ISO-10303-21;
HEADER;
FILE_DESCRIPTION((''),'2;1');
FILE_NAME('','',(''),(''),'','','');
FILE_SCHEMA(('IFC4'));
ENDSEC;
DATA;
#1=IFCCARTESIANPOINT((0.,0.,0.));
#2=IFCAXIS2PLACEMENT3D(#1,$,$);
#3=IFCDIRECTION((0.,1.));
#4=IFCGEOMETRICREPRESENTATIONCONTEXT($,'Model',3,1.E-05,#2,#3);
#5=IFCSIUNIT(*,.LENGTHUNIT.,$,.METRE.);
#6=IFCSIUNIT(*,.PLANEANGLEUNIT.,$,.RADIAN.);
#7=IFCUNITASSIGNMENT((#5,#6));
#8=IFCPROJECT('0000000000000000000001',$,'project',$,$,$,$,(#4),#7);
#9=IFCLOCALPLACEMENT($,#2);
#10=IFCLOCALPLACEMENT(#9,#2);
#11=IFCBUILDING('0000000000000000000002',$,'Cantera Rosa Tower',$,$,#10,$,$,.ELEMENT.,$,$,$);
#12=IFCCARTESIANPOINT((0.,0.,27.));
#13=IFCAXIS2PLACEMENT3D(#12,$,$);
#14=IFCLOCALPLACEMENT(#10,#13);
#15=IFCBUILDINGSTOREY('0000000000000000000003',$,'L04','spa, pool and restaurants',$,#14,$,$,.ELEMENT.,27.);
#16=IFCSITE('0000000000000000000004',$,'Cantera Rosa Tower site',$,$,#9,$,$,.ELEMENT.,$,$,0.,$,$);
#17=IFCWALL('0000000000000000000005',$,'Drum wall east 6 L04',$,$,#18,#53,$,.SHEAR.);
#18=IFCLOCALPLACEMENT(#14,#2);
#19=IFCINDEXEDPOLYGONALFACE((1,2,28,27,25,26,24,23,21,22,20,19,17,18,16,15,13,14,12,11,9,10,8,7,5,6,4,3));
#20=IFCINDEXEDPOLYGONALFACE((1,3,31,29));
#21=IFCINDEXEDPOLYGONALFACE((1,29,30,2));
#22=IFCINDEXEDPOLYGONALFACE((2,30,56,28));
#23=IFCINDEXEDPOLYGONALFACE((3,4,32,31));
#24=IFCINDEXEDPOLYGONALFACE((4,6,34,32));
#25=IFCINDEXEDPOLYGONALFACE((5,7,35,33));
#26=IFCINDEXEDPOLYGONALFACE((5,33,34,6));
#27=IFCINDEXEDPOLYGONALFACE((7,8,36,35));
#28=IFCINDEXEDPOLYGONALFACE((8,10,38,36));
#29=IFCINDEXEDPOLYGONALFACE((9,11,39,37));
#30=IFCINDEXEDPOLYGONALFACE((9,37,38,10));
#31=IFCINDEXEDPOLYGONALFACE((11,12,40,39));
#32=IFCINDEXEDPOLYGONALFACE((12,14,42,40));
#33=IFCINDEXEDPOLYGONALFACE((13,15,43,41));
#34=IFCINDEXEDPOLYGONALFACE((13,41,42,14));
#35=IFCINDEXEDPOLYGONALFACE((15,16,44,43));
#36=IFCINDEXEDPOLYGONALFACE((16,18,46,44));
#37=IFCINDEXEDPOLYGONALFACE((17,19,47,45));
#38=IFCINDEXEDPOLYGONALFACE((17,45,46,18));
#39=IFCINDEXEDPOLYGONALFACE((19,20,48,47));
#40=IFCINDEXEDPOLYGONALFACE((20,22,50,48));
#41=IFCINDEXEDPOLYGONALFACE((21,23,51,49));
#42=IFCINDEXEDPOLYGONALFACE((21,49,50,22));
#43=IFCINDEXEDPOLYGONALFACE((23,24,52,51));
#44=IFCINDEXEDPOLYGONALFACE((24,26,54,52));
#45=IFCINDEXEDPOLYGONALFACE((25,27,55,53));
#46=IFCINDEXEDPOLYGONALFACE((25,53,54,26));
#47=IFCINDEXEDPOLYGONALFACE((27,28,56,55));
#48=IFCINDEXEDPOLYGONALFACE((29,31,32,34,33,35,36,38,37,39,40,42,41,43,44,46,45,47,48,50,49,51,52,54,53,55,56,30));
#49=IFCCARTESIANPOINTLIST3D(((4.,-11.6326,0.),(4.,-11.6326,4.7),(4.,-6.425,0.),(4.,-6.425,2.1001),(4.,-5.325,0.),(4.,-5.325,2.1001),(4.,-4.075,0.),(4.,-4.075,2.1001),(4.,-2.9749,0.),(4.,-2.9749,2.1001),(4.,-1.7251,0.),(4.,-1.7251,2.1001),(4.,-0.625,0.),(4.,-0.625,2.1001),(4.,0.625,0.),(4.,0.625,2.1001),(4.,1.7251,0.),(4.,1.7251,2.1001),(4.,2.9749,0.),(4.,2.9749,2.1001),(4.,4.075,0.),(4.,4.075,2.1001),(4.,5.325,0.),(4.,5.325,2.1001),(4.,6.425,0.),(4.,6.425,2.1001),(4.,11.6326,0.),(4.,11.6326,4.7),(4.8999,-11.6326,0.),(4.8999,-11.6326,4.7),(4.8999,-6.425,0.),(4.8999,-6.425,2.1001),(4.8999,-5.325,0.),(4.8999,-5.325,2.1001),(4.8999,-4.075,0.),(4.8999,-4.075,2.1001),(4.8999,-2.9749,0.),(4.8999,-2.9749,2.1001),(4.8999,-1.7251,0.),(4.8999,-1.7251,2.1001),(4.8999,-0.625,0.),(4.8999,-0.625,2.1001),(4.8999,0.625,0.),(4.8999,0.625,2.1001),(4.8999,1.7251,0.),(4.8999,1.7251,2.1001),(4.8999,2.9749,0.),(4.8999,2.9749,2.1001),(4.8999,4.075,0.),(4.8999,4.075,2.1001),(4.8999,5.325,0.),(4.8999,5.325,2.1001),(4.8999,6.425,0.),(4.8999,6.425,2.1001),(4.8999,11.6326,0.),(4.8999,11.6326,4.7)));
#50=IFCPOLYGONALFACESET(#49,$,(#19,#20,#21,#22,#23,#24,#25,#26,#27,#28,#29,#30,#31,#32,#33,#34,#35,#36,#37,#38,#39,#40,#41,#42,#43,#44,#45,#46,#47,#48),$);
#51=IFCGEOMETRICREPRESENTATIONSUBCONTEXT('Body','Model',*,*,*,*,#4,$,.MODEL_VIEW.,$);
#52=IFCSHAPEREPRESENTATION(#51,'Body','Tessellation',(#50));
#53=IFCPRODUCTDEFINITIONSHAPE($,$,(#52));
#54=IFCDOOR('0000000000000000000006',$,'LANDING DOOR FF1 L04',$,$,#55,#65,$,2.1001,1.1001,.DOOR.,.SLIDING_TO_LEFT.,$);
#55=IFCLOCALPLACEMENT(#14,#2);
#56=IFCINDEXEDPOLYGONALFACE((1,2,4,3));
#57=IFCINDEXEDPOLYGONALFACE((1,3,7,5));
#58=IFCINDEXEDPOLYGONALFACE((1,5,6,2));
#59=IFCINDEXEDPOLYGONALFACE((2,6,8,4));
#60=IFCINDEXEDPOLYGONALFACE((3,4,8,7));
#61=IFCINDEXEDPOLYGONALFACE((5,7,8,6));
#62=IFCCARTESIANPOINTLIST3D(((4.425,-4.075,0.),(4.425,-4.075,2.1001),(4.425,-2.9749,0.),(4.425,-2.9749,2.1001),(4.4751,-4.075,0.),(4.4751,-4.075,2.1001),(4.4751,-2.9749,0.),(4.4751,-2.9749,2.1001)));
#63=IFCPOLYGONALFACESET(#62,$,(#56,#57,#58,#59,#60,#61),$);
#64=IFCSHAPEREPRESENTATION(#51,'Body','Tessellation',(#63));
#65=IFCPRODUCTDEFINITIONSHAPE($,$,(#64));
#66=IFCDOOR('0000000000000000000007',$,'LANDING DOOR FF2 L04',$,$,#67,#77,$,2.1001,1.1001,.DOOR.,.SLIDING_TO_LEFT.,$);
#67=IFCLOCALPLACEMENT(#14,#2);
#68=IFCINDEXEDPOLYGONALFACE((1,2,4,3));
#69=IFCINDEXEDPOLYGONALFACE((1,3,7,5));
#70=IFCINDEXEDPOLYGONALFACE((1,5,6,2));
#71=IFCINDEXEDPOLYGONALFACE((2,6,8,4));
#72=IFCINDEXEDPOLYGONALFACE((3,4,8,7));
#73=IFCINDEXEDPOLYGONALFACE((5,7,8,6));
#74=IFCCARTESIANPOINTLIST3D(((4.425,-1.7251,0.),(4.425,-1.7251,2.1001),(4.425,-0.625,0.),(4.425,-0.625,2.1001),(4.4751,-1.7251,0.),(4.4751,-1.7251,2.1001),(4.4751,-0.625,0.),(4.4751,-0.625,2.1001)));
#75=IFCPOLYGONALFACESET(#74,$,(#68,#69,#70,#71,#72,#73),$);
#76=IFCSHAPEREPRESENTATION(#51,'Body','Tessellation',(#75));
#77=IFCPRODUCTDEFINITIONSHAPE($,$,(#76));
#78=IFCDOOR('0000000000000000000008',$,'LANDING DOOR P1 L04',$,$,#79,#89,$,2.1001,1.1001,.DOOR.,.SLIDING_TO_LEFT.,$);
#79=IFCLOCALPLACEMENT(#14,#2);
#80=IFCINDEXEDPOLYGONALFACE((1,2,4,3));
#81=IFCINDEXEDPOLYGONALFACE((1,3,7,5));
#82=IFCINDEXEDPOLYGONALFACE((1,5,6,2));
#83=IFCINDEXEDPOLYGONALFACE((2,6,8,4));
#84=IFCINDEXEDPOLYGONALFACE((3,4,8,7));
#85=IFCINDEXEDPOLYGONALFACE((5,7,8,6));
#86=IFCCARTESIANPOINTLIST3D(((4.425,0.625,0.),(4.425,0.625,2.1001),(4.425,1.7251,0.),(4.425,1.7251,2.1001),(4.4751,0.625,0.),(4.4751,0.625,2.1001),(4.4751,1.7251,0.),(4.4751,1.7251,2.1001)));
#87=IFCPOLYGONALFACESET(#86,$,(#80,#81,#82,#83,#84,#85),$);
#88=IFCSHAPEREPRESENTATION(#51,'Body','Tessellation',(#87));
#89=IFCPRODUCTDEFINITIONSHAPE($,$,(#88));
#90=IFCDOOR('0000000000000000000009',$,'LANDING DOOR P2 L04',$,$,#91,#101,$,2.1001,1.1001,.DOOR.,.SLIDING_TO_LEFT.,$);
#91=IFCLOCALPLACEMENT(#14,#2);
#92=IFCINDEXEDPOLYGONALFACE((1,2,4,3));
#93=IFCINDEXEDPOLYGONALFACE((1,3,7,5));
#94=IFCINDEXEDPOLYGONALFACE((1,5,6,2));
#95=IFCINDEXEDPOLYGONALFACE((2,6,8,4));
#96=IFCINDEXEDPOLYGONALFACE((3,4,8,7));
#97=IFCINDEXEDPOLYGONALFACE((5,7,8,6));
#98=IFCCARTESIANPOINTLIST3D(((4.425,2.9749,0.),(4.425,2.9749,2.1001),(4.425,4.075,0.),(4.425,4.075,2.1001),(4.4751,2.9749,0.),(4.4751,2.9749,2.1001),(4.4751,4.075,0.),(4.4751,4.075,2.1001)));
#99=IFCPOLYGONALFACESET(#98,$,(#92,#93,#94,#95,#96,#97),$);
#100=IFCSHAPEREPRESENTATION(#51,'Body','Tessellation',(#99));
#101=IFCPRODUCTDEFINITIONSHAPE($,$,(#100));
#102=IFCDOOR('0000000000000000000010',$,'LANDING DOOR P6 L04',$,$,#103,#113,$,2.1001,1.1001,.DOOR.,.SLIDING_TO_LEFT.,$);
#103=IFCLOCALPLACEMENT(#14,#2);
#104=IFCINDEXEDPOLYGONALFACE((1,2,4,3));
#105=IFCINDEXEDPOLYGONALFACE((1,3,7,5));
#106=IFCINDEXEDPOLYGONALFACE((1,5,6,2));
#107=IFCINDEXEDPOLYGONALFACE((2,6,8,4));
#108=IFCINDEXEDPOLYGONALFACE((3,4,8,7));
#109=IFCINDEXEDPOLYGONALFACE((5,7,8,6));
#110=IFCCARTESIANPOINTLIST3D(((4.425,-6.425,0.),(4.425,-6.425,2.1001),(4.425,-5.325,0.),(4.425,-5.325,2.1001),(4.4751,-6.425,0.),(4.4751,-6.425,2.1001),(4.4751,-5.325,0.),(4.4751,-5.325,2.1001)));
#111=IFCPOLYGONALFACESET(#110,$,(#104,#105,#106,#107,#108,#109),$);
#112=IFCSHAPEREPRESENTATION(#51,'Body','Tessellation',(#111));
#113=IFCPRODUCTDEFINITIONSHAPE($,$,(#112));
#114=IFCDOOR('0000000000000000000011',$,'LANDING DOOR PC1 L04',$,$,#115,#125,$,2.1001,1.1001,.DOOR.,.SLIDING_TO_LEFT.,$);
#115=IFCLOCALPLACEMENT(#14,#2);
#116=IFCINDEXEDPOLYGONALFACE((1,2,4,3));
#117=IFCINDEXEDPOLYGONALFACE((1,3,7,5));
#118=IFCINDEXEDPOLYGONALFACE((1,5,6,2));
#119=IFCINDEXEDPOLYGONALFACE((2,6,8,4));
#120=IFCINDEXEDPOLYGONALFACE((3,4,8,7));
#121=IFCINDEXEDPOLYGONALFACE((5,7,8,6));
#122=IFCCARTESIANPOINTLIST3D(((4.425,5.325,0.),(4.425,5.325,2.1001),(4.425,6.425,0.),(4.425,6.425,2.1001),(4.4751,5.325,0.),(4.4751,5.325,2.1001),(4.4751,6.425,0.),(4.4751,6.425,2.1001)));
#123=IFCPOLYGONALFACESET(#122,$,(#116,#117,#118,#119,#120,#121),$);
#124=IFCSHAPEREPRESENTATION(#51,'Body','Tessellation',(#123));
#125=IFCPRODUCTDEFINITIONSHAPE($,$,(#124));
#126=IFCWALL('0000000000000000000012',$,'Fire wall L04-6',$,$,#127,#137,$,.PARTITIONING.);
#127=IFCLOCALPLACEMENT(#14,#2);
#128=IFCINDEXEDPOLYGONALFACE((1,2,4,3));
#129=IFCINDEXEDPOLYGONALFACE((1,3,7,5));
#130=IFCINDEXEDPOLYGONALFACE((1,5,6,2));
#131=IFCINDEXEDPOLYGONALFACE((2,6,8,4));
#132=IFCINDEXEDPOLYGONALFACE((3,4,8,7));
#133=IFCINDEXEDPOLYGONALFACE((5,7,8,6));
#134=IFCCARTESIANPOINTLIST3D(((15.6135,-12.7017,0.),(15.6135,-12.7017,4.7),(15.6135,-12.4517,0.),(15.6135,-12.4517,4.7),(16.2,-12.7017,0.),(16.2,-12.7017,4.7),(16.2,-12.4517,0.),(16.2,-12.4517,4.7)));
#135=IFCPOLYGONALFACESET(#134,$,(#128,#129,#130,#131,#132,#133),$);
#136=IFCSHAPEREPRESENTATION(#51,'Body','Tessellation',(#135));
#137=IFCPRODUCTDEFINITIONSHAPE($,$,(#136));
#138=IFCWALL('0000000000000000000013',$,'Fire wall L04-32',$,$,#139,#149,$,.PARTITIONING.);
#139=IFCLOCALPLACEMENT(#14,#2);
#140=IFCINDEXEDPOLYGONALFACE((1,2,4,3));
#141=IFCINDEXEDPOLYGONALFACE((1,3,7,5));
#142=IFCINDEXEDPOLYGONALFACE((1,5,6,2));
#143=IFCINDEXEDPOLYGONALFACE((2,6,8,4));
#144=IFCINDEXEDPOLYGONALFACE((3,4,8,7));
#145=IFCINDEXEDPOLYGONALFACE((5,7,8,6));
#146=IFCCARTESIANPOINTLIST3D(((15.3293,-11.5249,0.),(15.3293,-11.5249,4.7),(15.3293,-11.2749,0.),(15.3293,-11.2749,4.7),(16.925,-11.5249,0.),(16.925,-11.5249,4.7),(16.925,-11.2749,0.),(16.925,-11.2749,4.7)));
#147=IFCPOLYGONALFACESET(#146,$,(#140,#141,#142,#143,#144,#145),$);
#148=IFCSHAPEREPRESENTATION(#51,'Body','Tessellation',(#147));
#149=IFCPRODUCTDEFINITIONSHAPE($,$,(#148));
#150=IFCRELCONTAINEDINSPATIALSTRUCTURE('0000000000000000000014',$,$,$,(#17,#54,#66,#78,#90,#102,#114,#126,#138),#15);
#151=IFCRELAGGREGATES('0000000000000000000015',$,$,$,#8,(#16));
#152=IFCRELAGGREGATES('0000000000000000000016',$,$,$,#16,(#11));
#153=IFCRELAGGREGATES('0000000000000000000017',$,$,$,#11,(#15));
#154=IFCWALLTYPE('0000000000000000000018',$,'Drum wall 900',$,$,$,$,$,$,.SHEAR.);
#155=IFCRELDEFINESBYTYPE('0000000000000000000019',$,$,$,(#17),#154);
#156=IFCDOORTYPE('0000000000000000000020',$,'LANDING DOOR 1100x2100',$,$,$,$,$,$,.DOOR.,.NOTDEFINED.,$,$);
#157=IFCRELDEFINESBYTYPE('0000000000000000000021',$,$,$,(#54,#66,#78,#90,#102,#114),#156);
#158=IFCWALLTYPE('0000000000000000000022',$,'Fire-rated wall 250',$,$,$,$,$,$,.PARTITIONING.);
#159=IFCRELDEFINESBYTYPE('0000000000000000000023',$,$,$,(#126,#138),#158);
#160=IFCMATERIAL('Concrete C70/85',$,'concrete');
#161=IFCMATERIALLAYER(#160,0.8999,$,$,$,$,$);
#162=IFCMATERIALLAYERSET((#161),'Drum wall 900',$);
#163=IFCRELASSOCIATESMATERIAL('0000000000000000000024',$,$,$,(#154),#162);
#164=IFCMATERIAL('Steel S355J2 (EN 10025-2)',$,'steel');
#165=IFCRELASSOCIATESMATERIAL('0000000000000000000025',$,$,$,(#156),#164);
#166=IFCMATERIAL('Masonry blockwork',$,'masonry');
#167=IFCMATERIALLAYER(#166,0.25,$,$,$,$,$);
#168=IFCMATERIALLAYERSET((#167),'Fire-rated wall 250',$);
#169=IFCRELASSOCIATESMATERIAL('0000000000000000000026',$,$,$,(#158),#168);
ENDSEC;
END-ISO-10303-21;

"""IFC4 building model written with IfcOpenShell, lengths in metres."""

from ifc_helpers import new_model, si_unit, direction, frame, frame_2d, origin, place, context, subcontext, project, spatial, rectangle, extrude, material, layer, layer_set, type_object, element, fill, save


model = new_model("IFC4")

# Units and contexts
model_context = context("Model", 3, precision=1e-05, world=origin(), true_north=direction((0.0, 1.0)))
body_context = subcontext(model_context, "Body", "Model", "MODEL_VIEW")
ifc_project = project(units=[si_unit("LENGTHUNIT", "METRE"), si_unit("PLANEANGLEUNIT", "RADIAN")], contexts=[model_context])

# Site, building, storey
site_placement = place(None, origin())
site = spatial("IfcSite", under=ifc_project, at=site_placement, Name="Cantera Rosa Tower site", CompositionType="ELEMENT", RefElevation=0.0)
building_placement = place(site_placement, origin())
building = spatial("IfcBuilding", under=site, at=building_placement, Name="Cantera Rosa Tower", CompositionType="ELEMENT")
storey_placement = place(building_placement, frame((0.0, 0.0, 27.0)))
storey = spatial("IfcBuildingStorey", under=building, at=storey_placement, Name="L04", Description="spa, pool and restaurants", CompositionType="ELEMENT", Elevation=27.0)

# Wall, openings, doors
ifc_material_1 = material(Name="Concrete C70/85", Category="concrete")
ifc_layer_1 = layer(ifc_material_1, 0.8999)
ifc_layer_set_1 = layer_set([ifc_layer_1], Name="Drum wall 900")
wall_type_1 = type_object("IfcWallType", Name="Drum wall 900", PredefinedType="SHEAR", material=ifc_layer_set_1)
wall_1_placement = place(storey_placement, frame((4.45, -11.6326, 0.0), z_axis=(0.0, 0.0, 1.0), x_axis=(0.0, 1.0, 0.0)))
wall_1 = element("IfcWall", 1, at=wall_1_placement, inside=storey, type_object=wall_type_1, Name="Drum wall east 6 L04", PredefinedType="SHEAR", context=body_context, shape_type="SweptSolid", body=[
    extrude(rectangle(XDim=23.2651, YDim=0.8999, at=frame_2d((11.6326, 0.0))), origin(), (0.0, 0.0, 1.0), 4.7),
])
opening_1_placement = place(wall_1_placement, frame((7.5576, 0.0, 0.0)))
opening_1 = element("IfcOpeningElement", 2, at=opening_1_placement, cuts=wall_1, PredefinedType="OPENING", context=body_context, shape_type="SweptSolid", body=[
    extrude(rectangle(XDim=1.1001, YDim=2.1001, at=frame_2d((0.55, 1.05))), frame((0.0, 0.46, 0.0), z_axis=(0.0, -1.0, 0.0), x_axis=(1.0, 0.0, 0.0)), (0.0, 0.0, 1.0), 0.9199),
])
opening_2_placement = place(wall_1_placement, frame((9.9075, 0.0, 0.0)))
opening_2 = element("IfcOpeningElement", 3, at=opening_2_placement, cuts=wall_1, PredefinedType="OPENING", context=body_context, shape_type="SweptSolid", body=[
    extrude(rectangle(XDim=1.1001, YDim=2.1001, at=frame_2d((0.55, 1.05))), frame((0.0, 0.46, 0.0), z_axis=(0.0, -1.0, 0.0), x_axis=(1.0, 0.0, 0.0)), (0.0, 0.0, 1.0), 0.9199),
])
opening_3_placement = place(wall_1_placement, frame((12.2576, 0.0, 0.0)))
opening_3 = element("IfcOpeningElement", 4, at=opening_3_placement, cuts=wall_1, PredefinedType="OPENING", context=body_context, shape_type="SweptSolid", body=[
    extrude(rectangle(XDim=1.1001, YDim=2.1001, at=frame_2d((0.55, 1.05))), frame((0.0, 0.46, 0.0), z_axis=(0.0, -1.0, 0.0), x_axis=(1.0, 0.0, 0.0)), (0.0, 0.0, 1.0), 0.9199),
])
opening_4_placement = place(wall_1_placement, frame((14.6074, 0.0, 0.0)))
opening_4 = element("IfcOpeningElement", 5, at=opening_4_placement, cuts=wall_1, PredefinedType="OPENING", context=body_context, shape_type="SweptSolid", body=[
    extrude(rectangle(XDim=1.1001, YDim=2.1001, at=frame_2d((0.55, 1.05))), frame((0.0, 0.46, 0.0), z_axis=(0.0, -1.0, 0.0), x_axis=(1.0, 0.0, 0.0)), (0.0, 0.0, 1.0), 0.9199),
])
opening_5_placement = place(wall_1_placement, frame((5.2075, 0.0, 0.0)))
opening_5 = element("IfcOpeningElement", 6, at=opening_5_placement, cuts=wall_1, PredefinedType="OPENING", context=body_context, shape_type="SweptSolid", body=[
    extrude(rectangle(XDim=1.1001, YDim=2.1001, at=frame_2d((0.55, 1.05))), frame((0.0, 0.46, 0.0), z_axis=(0.0, -1.0, 0.0), x_axis=(1.0, 0.0, 0.0)), (0.0, 0.0, 1.0), 0.9199),
])
opening_6_placement = place(wall_1_placement, frame((16.9575, 0.0, 0.0)))
opening_6 = element("IfcOpeningElement", 7, at=opening_6_placement, cuts=wall_1, PredefinedType="OPENING", context=body_context, shape_type="SweptSolid", body=[
    extrude(rectangle(XDim=1.1001, YDim=2.1001, at=frame_2d((0.55, 1.05))), frame((0.0, 0.46, 0.0), z_axis=(0.0, -1.0, 0.0), x_axis=(1.0, 0.0, 0.0)), (0.0, 0.0, 1.0), 0.9199),
])
ifc_material_2 = material(Name="Steel S355J2 (EN 10025-2)", Category="steel")
door_type_1 = type_object("IfcDoorType", Name="LANDING DOOR 1100x2100", OperationType="NOTDEFINED", PredefinedType="DOOR", material=ifc_material_2)
door_1_placement = place(opening_1_placement, origin())
door_1 = element("IfcDoor", 8, at=door_1_placement, inside=storey, type_object=door_type_1, Name="LANDING DOOR FF1 L04", OperationType="SLIDING_TO_LEFT", OverallHeight=2.1001, OverallWidth=1.1001, PredefinedType="DOOR", context=body_context, shape_type="SweptSolid", body=[
    extrude(rectangle(XDim=1.1001, YDim=2.1001, at=frame_2d((0.55, 1.05))), frame((0.0, 0.0249, 0.0), z_axis=(0.0, -1.0, 0.0), x_axis=(1.0, 0.0, 0.0)), (0.0, 0.0, 1.0), 0.05),
])
fill(opening_1, door_1)
door_2_placement = place(opening_2_placement, origin())
door_2 = element("IfcDoor", 9, at=door_2_placement, inside=storey, type_object=door_type_1, Name="LANDING DOOR FF2 L04", OperationType="SLIDING_TO_LEFT", OverallHeight=2.1001, OverallWidth=1.1001, PredefinedType="DOOR", context=body_context, shape_type="SweptSolid", body=[
    extrude(rectangle(XDim=1.1001, YDim=2.1001, at=frame_2d((0.55, 1.05))), frame((0.0, 0.0249, 0.0), z_axis=(0.0, -1.0, 0.0), x_axis=(1.0, 0.0, 0.0)), (0.0, 0.0, 1.0), 0.05),
])
fill(opening_2, door_2)
door_3_placement = place(opening_3_placement, origin())
door_3 = element("IfcDoor", 10, at=door_3_placement, inside=storey, type_object=door_type_1, Name="LANDING DOOR P1 L04", OperationType="SLIDING_TO_LEFT", OverallHeight=2.1001, OverallWidth=1.1001, PredefinedType="DOOR", context=body_context, shape_type="SweptSolid", body=[
    extrude(rectangle(XDim=1.1001, YDim=2.1001, at=frame_2d((0.55, 1.05))), frame((0.0, 0.0249, 0.0), z_axis=(0.0, -1.0, 0.0), x_axis=(1.0, 0.0, 0.0)), (0.0, 0.0, 1.0), 0.05),
])
fill(opening_3, door_3)
door_4_placement = place(opening_4_placement, origin())
door_4 = element("IfcDoor", 11, at=door_4_placement, inside=storey, type_object=door_type_1, Name="LANDING DOOR P2 L04", OperationType="SLIDING_TO_LEFT", OverallHeight=2.1001, OverallWidth=1.1001, PredefinedType="DOOR", context=body_context, shape_type="SweptSolid", body=[
    extrude(rectangle(XDim=1.1001, YDim=2.1001, at=frame_2d((0.55, 1.05))), frame((0.0, 0.0249, 0.0), z_axis=(0.0, -1.0, 0.0), x_axis=(1.0, 0.0, 0.0)), (0.0, 0.0, 1.0), 0.05),
])
fill(opening_4, door_4)
door_5_placement = place(opening_5_placement, origin())
door_5 = element("IfcDoor", 12, at=door_5_placement, inside=storey, type_object=door_type_1, Name="LANDING DOOR P6 L04", OperationType="SLIDING_TO_LEFT", OverallHeight=2.1001, OverallWidth=1.1001, PredefinedType="DOOR", context=body_context, shape_type="SweptSolid", body=[
    extrude(rectangle(XDim=1.1001, YDim=2.1001, at=frame_2d((0.55, 1.05))), frame((0.0, 0.0249, 0.0), z_axis=(0.0, -1.0, 0.0), x_axis=(1.0, 0.0, 0.0)), (0.0, 0.0, 1.0), 0.05),
])
fill(opening_5, door_5)
door_6_placement = place(opening_6_placement, origin())
door_6 = element("IfcDoor", 13, at=door_6_placement, inside=storey, type_object=door_type_1, Name="LANDING DOOR PC1 L04", OperationType="SLIDING_TO_LEFT", OverallHeight=2.1001, OverallWidth=1.1001, PredefinedType="DOOR", context=body_context, shape_type="SweptSolid", body=[
    extrude(rectangle(XDim=1.1001, YDim=2.1001, at=frame_2d((0.55, 1.05))), frame((0.0, 0.0249, 0.0), z_axis=(0.0, -1.0, 0.0), x_axis=(1.0, 0.0, 0.0)), (0.0, 0.0, 1.0), 0.05),
])
fill(opening_6, door_6)

# Walls
ifc_material_3 = material(Name="Masonry blockwork", Category="masonry")
ifc_layer_2 = layer(ifc_material_3, 0.25)
ifc_layer_set_2 = layer_set([ifc_layer_2], Name="Fire-rated wall 250")
wall_type_2 = type_object("IfcWallType", Name="Fire-rated wall 250", PredefinedType="PARTITIONING", material=ifc_layer_set_2)
wall_2_placement = place(storey_placement, frame((15.6135, -12.5767, 0.0), z_axis=(0.0, 0.0, 1.0), x_axis=(1.0, 0.0, 0.0)))
element("IfcWall", 14, at=wall_2_placement, inside=storey, type_object=wall_type_2, Name="Fire wall L04-6", PredefinedType="PARTITIONING", context=body_context, shape_type="SweptSolid", body=[
    extrude(rectangle(XDim=0.5864, YDim=0.25, at=frame_2d((0.2932, 0.0))), origin(), (0.0, 0.0, 1.0), 4.7),
])
wall_3_placement = place(storey_placement, frame((15.3293, -11.3999, 0.0), z_axis=(0.0, 0.0, 1.0), x_axis=(1.0, 0.0, 0.0)))
element("IfcWall", 15, at=wall_3_placement, inside=storey, type_object=wall_type_2, Name="Fire wall L04-32", PredefinedType="PARTITIONING", context=body_context, shape_type="SweptSolid", body=[
    extrude(rectangle(XDim=1.5957, YDim=0.25, at=frame_2d((0.7979, 0.0))), origin(), (0.0, 0.0, 1.0), 4.7),
])

save(model, "model.ifc")
